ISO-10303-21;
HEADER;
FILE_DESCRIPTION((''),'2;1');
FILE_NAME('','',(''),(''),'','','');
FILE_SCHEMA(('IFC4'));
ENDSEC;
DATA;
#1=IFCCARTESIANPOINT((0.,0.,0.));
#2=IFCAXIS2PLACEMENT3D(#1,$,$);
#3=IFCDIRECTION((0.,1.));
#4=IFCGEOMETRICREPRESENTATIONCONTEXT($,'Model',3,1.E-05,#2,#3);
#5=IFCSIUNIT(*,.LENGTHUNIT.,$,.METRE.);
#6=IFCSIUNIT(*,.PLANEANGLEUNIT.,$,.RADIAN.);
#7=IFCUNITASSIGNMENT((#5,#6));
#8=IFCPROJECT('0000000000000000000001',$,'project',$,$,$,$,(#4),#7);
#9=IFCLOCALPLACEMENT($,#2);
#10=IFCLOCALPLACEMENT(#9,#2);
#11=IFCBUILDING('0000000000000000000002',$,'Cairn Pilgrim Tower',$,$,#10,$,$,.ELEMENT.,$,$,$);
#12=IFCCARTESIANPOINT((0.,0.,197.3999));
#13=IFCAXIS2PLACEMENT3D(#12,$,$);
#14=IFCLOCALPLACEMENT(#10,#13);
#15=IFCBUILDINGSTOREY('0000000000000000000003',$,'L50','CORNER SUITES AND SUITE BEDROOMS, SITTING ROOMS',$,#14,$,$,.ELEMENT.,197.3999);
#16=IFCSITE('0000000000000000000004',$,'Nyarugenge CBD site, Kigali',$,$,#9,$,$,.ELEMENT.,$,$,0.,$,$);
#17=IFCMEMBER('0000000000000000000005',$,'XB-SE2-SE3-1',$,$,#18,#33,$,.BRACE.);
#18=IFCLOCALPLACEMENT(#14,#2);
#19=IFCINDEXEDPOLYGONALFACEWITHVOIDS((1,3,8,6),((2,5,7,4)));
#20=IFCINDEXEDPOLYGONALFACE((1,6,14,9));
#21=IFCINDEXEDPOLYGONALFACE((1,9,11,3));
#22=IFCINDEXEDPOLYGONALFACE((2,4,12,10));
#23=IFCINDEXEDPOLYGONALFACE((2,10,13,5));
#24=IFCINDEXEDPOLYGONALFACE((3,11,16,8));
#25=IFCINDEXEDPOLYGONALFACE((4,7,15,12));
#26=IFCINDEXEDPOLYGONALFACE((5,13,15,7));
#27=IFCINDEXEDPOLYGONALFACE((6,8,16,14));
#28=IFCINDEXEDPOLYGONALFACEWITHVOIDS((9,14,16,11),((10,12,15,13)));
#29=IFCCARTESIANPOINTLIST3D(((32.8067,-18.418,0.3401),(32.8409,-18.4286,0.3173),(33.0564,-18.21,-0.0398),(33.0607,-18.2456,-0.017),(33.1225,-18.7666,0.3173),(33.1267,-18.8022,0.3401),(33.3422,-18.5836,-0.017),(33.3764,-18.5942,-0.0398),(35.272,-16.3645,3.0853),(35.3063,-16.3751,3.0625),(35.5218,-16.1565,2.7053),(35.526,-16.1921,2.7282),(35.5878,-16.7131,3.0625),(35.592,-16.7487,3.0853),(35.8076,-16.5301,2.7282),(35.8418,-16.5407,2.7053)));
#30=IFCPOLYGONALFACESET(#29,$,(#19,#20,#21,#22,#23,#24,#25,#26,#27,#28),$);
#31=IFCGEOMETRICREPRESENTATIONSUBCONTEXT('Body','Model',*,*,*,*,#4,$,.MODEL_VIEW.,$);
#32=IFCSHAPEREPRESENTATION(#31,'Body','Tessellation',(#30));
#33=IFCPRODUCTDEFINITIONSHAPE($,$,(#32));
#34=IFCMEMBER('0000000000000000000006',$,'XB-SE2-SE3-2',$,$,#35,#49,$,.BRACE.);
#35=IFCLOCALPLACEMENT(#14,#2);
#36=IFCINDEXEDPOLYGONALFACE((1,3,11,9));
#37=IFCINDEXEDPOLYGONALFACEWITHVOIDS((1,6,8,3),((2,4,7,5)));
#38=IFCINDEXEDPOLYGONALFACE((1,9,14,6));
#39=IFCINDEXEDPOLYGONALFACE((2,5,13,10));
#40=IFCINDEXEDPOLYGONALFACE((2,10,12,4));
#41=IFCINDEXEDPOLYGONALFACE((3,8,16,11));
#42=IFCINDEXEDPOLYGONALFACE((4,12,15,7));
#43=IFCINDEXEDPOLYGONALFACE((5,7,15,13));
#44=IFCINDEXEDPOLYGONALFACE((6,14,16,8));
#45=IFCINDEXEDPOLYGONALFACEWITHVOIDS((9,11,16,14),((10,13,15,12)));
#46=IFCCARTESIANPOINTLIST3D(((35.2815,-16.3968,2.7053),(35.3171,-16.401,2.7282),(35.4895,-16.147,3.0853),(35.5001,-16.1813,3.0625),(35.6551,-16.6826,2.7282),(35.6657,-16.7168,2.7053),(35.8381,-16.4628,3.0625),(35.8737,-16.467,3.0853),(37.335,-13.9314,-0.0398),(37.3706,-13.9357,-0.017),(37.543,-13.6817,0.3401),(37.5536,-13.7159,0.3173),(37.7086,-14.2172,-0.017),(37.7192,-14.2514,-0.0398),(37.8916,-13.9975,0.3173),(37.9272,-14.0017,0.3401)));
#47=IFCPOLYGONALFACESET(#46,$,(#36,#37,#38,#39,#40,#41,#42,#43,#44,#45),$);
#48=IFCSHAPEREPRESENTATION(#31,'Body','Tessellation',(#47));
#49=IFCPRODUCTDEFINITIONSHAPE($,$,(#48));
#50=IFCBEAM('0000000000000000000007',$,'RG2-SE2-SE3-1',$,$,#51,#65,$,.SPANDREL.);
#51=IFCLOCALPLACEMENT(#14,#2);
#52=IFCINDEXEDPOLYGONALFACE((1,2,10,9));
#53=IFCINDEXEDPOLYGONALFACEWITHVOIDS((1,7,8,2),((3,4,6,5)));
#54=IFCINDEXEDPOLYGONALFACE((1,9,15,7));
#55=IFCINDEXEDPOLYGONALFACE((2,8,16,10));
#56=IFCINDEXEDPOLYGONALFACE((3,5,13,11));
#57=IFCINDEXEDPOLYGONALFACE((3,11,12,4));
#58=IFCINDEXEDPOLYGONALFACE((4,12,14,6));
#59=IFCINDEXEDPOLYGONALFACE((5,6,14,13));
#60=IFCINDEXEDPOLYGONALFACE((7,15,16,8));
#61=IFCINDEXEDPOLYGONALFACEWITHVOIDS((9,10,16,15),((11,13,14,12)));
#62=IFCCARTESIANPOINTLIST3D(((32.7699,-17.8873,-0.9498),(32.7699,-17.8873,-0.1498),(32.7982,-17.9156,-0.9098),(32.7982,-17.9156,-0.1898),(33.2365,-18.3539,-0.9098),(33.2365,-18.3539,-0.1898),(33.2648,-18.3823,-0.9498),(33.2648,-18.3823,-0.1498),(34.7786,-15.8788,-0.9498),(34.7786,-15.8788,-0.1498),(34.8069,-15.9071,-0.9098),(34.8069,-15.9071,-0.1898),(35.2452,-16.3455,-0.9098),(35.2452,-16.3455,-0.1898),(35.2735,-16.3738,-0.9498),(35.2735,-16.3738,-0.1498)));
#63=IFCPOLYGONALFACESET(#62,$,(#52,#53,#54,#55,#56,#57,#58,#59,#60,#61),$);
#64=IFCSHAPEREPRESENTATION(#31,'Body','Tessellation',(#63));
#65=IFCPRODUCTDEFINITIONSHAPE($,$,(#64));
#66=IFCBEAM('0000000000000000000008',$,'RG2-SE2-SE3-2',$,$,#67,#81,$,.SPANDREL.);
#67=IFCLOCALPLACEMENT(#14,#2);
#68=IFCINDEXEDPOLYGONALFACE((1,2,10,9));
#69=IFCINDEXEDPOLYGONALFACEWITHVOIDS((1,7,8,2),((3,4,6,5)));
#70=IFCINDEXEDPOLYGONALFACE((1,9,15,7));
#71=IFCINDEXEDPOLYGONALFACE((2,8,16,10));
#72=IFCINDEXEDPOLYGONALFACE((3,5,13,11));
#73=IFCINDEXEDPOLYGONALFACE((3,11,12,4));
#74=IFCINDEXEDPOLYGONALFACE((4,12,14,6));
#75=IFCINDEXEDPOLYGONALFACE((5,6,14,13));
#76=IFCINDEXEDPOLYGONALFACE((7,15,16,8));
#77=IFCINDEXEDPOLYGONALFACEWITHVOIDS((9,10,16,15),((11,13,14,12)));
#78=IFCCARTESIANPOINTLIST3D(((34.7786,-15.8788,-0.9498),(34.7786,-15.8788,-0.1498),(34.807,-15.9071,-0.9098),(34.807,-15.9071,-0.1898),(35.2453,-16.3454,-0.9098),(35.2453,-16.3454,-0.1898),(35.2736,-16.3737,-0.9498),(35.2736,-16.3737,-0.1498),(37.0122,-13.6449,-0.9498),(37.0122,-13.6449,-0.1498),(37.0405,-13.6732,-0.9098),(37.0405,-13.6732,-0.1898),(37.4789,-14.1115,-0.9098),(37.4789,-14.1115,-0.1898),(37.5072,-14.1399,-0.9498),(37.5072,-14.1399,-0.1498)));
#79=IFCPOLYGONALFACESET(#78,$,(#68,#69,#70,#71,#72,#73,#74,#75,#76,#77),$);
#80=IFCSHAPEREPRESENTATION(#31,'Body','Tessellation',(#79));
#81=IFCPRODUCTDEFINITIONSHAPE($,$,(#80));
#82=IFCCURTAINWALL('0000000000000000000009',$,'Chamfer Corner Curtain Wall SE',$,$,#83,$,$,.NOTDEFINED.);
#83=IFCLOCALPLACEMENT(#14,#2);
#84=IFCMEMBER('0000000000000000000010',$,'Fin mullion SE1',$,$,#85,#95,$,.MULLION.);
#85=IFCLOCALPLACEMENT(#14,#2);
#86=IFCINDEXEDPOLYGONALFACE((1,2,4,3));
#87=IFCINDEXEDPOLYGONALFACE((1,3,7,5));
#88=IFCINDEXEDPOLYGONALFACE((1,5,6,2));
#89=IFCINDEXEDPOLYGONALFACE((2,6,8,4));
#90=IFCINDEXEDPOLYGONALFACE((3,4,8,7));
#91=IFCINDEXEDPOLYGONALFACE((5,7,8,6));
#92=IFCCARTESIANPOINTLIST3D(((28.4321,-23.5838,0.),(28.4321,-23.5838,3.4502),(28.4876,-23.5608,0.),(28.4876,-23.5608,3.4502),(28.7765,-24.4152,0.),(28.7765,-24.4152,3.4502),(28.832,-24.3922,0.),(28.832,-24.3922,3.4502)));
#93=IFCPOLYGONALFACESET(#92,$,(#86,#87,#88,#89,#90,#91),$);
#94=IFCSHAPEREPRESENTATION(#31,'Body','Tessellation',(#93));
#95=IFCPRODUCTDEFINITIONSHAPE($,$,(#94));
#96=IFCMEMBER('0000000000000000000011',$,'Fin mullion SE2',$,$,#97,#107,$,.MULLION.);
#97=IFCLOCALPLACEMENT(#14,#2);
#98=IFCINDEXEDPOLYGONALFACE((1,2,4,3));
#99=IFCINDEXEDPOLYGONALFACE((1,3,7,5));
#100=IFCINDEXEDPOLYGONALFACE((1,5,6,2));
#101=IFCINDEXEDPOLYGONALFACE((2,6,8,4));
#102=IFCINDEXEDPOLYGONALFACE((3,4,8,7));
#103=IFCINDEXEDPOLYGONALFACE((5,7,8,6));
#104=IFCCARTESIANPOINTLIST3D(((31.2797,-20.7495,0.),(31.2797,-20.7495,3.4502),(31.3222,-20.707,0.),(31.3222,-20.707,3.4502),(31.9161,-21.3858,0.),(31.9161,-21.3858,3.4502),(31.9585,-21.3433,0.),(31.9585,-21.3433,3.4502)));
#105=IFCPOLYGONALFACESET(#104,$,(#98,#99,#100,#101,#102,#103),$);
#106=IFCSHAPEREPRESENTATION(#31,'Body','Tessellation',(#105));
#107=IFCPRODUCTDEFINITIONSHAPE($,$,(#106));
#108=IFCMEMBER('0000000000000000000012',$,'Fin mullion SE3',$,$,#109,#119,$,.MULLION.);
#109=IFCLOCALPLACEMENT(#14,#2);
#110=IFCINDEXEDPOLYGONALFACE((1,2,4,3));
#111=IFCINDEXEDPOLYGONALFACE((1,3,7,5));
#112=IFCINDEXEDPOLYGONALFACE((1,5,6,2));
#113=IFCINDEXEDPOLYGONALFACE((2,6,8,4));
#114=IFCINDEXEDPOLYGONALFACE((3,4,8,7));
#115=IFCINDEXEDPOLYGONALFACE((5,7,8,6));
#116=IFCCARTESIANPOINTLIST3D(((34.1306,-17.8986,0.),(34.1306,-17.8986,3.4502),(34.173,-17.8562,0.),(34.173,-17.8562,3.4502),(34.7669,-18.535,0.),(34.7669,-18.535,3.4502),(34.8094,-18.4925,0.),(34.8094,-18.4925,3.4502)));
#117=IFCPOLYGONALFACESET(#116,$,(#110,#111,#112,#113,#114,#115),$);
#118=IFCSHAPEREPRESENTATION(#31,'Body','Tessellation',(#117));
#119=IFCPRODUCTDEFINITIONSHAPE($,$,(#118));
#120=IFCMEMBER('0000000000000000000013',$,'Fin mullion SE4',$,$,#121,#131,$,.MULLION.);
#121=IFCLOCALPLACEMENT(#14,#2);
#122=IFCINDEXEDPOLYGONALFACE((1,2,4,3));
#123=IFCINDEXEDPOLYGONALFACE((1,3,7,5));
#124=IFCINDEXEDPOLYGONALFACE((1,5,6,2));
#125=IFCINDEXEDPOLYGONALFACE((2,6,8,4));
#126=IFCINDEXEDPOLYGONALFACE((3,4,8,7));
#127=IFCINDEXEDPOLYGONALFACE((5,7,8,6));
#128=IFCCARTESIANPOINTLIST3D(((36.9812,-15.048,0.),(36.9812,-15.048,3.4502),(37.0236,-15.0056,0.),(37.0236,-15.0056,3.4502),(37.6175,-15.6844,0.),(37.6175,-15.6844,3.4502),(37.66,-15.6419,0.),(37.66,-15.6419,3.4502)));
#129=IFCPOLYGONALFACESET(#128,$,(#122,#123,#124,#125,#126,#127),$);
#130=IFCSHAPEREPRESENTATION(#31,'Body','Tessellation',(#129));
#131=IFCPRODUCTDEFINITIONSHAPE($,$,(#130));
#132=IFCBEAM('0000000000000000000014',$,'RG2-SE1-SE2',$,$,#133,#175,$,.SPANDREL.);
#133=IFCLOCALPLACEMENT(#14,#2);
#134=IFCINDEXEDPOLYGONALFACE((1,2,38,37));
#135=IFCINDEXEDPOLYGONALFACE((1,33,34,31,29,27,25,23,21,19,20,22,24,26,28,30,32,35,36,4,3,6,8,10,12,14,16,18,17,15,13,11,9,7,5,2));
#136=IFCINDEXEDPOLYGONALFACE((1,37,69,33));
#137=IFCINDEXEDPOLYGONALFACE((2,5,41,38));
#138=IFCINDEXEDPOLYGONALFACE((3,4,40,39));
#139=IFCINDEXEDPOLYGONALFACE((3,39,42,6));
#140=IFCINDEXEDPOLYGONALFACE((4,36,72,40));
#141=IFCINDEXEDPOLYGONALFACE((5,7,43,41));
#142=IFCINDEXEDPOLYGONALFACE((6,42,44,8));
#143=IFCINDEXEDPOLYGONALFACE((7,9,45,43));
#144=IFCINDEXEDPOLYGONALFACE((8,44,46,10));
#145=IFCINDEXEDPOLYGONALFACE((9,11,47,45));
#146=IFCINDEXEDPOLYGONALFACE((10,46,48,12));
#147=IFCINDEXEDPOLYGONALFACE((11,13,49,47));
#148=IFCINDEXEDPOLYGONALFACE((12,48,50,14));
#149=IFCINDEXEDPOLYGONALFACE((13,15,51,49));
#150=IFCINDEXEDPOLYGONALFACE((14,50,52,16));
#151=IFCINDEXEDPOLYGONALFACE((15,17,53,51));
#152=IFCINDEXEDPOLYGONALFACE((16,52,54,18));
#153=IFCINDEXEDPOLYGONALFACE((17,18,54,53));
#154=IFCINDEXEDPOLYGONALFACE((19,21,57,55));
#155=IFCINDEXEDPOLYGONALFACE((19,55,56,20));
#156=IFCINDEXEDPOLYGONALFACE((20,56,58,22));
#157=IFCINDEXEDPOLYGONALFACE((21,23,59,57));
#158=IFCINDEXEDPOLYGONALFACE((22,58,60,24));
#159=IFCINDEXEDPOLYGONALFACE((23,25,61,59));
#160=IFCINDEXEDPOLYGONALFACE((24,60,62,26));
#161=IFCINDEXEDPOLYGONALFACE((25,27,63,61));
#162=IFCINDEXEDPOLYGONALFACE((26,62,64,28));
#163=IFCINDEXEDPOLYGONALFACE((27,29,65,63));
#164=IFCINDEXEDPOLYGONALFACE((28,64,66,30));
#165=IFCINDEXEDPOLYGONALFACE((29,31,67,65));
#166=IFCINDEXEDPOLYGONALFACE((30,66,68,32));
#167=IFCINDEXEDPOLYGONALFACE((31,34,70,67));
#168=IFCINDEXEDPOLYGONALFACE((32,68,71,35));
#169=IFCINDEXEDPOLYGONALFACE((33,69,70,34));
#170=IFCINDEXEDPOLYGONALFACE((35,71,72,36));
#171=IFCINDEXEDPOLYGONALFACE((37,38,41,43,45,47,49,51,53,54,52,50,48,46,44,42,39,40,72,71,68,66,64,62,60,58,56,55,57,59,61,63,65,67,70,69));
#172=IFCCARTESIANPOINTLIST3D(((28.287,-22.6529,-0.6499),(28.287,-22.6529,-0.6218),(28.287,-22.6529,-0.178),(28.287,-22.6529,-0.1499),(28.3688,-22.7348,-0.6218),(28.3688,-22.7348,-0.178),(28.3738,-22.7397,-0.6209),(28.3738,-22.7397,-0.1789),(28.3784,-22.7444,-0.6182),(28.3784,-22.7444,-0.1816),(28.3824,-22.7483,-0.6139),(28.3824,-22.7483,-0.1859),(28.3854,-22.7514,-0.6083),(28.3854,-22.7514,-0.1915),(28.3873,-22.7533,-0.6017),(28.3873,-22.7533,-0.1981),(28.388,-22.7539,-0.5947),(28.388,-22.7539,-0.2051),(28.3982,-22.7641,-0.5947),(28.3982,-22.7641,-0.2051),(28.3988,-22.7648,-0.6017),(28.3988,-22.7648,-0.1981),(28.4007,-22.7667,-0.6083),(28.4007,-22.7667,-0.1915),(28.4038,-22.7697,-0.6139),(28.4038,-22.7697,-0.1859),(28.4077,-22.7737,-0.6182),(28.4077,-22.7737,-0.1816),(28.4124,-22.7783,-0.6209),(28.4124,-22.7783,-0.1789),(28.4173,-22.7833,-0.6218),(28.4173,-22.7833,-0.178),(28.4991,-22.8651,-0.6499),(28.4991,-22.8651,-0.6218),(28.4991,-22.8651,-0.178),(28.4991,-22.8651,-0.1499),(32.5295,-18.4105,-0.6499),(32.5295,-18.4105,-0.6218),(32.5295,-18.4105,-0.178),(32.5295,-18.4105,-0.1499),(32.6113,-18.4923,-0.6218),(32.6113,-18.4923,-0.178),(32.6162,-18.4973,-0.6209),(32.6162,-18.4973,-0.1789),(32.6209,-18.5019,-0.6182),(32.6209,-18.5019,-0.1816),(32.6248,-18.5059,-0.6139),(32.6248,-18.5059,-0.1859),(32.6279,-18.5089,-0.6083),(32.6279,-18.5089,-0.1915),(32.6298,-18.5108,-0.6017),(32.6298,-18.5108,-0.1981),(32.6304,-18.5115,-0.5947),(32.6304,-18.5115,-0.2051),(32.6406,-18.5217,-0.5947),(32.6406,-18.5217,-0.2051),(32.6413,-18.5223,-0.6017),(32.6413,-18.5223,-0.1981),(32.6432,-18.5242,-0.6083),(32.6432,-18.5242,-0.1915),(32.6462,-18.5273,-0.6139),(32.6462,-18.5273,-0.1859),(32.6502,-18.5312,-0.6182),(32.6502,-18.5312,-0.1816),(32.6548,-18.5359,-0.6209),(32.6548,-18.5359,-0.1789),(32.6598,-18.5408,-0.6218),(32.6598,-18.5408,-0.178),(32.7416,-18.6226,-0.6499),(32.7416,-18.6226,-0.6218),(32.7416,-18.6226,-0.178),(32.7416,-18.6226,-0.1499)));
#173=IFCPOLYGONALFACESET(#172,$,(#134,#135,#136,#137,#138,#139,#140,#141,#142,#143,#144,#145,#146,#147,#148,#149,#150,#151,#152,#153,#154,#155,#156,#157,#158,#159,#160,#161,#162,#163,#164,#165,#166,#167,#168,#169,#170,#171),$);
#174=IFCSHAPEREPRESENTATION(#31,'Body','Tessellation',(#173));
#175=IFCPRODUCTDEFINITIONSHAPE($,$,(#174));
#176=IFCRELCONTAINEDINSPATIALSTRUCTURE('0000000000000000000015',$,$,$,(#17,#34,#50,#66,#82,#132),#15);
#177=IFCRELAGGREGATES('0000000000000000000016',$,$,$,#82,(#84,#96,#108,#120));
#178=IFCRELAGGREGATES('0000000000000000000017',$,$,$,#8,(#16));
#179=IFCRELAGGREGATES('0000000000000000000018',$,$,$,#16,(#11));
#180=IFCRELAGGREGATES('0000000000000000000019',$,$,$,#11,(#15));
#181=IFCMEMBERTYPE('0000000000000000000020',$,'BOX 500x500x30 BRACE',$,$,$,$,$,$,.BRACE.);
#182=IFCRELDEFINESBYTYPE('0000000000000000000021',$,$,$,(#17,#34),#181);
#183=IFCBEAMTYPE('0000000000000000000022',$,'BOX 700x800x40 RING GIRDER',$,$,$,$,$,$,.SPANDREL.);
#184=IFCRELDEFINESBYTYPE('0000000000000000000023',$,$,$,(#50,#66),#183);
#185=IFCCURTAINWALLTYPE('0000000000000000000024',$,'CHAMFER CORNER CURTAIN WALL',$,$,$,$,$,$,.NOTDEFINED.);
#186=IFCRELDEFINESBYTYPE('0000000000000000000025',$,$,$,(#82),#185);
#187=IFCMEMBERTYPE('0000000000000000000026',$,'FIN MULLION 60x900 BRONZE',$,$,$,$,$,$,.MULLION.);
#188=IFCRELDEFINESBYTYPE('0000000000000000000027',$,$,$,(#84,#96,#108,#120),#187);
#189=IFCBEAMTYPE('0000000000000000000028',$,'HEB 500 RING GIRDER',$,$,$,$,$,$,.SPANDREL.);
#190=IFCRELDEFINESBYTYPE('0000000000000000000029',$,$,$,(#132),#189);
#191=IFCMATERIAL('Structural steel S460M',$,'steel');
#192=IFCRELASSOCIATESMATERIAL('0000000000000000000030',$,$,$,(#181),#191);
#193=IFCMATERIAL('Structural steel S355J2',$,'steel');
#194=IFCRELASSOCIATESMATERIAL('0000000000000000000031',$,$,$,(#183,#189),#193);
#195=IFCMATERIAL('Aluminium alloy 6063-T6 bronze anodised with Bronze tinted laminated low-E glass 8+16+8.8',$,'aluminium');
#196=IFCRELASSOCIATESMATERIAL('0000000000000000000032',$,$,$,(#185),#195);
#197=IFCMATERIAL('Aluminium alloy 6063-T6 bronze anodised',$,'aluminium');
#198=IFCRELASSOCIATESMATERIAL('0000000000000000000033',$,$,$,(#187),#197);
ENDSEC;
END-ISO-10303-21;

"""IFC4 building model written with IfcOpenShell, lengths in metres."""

from ifc_helpers import new_model, si_unit, direction, frame, origin, origin_2d, place, context, subcontext, project, spatial, rectangle, hollow_rectangle, i_section, extrude, material, material_profile, profile_set, type_object, element, aggregate, save


model = new_model("IFC4")

# Units and contexts
model_context = context("Model", 3, precision=1e-05, world=origin(), true_north=direction((0.0, 1.0)))
body_context = subcontext(model_context, "Body", "Model", "MODEL_VIEW")
ifc_project = project(units=[si_unit("LENGTHUNIT", "METRE"), si_unit("PLANEANGLEUNIT", "RADIAN")], contexts=[model_context])

# Site, building, storey
site_placement = place(None, origin())
site = spatial("IfcSite", under=ifc_project, at=site_placement, Name="Nyarugenge CBD site, Kigali", CompositionType="ELEMENT", RefElevation=0.0)
building_placement = place(site_placement, origin())
building = spatial("IfcBuilding", under=site, at=building_placement, Name="Cairn Pilgrim Tower", CompositionType="ELEMENT")
storey_placement = place(building_placement, frame((0.0, 0.0, 197.3999)))
storey = spatial("IfcBuildingStorey", under=building, at=storey_placement, Name="L50", Description="CORNER SUITES AND SUITE BEDROOMS, SITTING ROOMS", CompositionType="ELEMENT", Elevation=197.3999)

# Shared definitions
ifc_material_1 = material(Name="Structural steel S460M", Category="steel")

# Members
ifc_material_profile_1 = material_profile(ifc_material_1, hollow_rectangle(XDim=0.5, YDim=0.5, WallThickness=0.03, at=origin_2d()), Name="BOX 500x500x30")
ifc_profile_set_1 = profile_set([ifc_material_profile_1], Name="Structural steel S460M")
member_type_1 = type_object("IfcMemberType", Name="BOX 500x500x30 BRACE", PredefinedType="BRACE", material=ifc_profile_set_1)
for number, where, z_axis, x_axis, name in (
    (1, (33.0916, -18.5061, 0.1501), (0.583844, 0.486305, 0.650103), (-0.640005, 0.768371, 0.0), "XB-SE2-SE3-1"),
    (2, (37.6311, -13.9666, 0.1501), (-0.486305, -0.583844, 0.650103), (0.768371, -0.640005, 0.0), "XB-SE2-SE3-2"),
):
    element("IfcMember", number, at=place(storey_placement, frame(where, z_axis=z_axis, x_axis=x_axis)), inside=storey, type_object=member_type_1, Name=name, PredefinedType="BRACE", context=body_context, shape_type="SweptSolid", body=[
        extrude(hollow_rectangle(XDim=0.5, YDim=0.5, WallThickness=0.03, at=origin_2d()), origin(), (0.0, 0.0, 1.0), 4.2227),
    ])

# Beams
ifc_material_2 = material(Name="Structural steel S355J2", Category="steel")
ifc_material_profile_2 = material_profile(ifc_material_2, hollow_rectangle(XDim=0.7, YDim=0.8, WallThickness=0.04, at=origin_2d()), Name="BOX 700x800x40")
ifc_profile_set_2 = profile_set([ifc_material_profile_2], Name="Structural steel S355J2")
beam_type_1 = type_object("IfcBeamType", Name="BOX 700x800x40 RING GIRDER", PredefinedType="SPANDREL", material=ifc_profile_set_2)
beam_1_placement = place(storey_placement, frame((33.0173, -18.1348, -0.5498), z_axis=(0.70715, 0.707064, 0.0), x_axis=(-0.707064, 0.70715, 0.0)))
element("IfcBeam", 3, at=beam_1_placement, inside=storey, type_object=beam_type_1, Name="RG2-SE2-SE3-1", PredefinedType="SPANDREL", context=body_context, shape_type="SweptSolid", body=[
    extrude(hollow_rectangle(XDim=0.7, YDim=0.8, WallThickness=0.04, at=origin_2d()), origin(), (0.0, 0.0, 1.0), 2.8406),
])
beam_2_placement = place(storey_placement, frame((35.0261, -16.1262, -0.5498), z_axis=(0.707068, 0.707145, 0.0), x_axis=(-0.707145, 0.707068, 0.0)))
element("IfcBeam", 4, at=beam_2_placement, inside=storey, type_object=beam_type_1, Name="RG2-SE2-SE3-2", PredefinedType="SPANDREL", context=body_context, shape_type="SweptSolid", body=[
    extrude(hollow_rectangle(XDim=0.7, YDim=0.8, WallThickness=0.04, at=origin_2d()), origin(), (0.0, 0.0, 1.0), 3.1589),
])

# Curtain wall, members
ifc_material_3 = material(Name="Aluminium alloy 6063-T6 bronze anodised with Bronze tinted laminated low-E glass 8+16+8.8", Category="aluminium")
curtain_wall_type = type_object("IfcCurtainWallType", Name="CHAMFER CORNER CURTAIN WALL", PredefinedType="NOTDEFINED", material=ifc_material_3)
curtain_wall_placement = place(storey_placement, origin())
curtain_wall = element("IfcCurtainWall", 5, at=curtain_wall_placement, inside=storey, type_object=curtain_wall_type, Name="Chamfer Corner Curtain Wall SE", PredefinedType="NOTDEFINED")
ifc_material_4 = material(Name="Aluminium alloy 6063-T6 bronze anodised", Category="aluminium")
ifc_material_profile_3 = material_profile(ifc_material_4, rectangle(XDim=0.8999, YDim=0.0601, at=origin_2d()), Name="FIN MULLION 60x900 BRONZE")
ifc_profile_set_3 = profile_set([ifc_material_profile_3], Name="Aluminium alloy 6063-T6 bronze anodised")
member_type_2 = type_object("IfcMemberType", Name="FIN MULLION 60x900 BRONZE", PredefinedType="MULLION", material=ifc_profile_set_3)
member_1_placement = place(storey_placement, frame((28.6321, -23.988, 0.0), z_axis=(0.0, 0.0, 1.0), x_axis=(0.382683, -0.92388, 0.0)))
member_1 = element("IfcMember", 6, at=member_1_placement, type_object=member_type_2, Name="Fin mullion SE1", PredefinedType="MULLION", context=body_context, shape_type="SweptSolid", body=[
    extrude(rectangle(XDim=0.8999, YDim=0.0601, at=origin_2d()), origin(), (0.0, 0.0, 1.0), 3.4502),
])
member_2_placement = place(storey_placement, frame((31.6191, -21.0464, 0.0), z_axis=(0.0, 0.0, 1.0), x_axis=(0.707107, -0.707107, 0.0)))
member_2 = element("IfcMember", 7, at=member_2_placement, type_object=member_type_2, Name="Fin mullion SE2", PredefinedType="MULLION", context=body_context, shape_type="SweptSolid", body=[
    extrude(rectangle(XDim=0.8999, YDim=0.0601, at=origin_2d()), origin(), (0.0, 0.0, 1.0), 3.4502),
])
member_3_placement = place(storey_placement, frame((34.47, -18.1956, 0.0), z_axis=(0.0, 0.0, 1.0), x_axis=(0.707107, -0.707107, 0.0)))
member_3 = element("IfcMember", 8, at=member_3_placement, type_object=member_type_2, Name="Fin mullion SE3", PredefinedType="MULLION", context=body_context, shape_type="SweptSolid", body=[
    extrude(rectangle(XDim=0.8999, YDim=0.0601, at=origin_2d()), origin(), (0.0, 0.0, 1.0), 3.4502),
])
member_4_placement = place(storey_placement, frame((37.3206, -15.345, 0.0), z_axis=(0.0, 0.0, 1.0), x_axis=(0.707107, -0.707107, 0.0)))
member_4 = element("IfcMember", 9, at=member_4_placement, type_object=member_type_2, Name="Fin mullion SE4", PredefinedType="MULLION", context=body_context, shape_type="SweptSolid", body=[
    extrude(rectangle(XDim=0.8999, YDim=0.0601, at=origin_2d()), origin(), (0.0, 0.0, 1.0), 3.4502),
])

# Beam
ifc_material_profile_4 = material_profile(ifc_material_2, i_section(OverallWidth=0.3, OverallDepth=0.5, WebThickness=0.0144, FlangeThickness=0.0281, FilletRadius=0.0271, at=origin_2d()), Name="HEB 500")
ifc_profile_set_4 = profile_set([ifc_material_profile_4], Name="Structural steel S355J2")
beam_type_2 = type_object("IfcBeamType", Name="HEB 500 RING GIRDER", PredefinedType="SPANDREL", material=ifc_profile_set_4)
beam_3_placement = place(storey_placement, frame((28.3931, -22.759, -0.3999), z_axis=(0.707107, 0.707107, 0.0), x_axis=(-0.707107, 0.707107, 0.0)))
element("IfcBeam", 10, at=beam_3_placement, inside=storey, type_object=beam_type_2, Name="RG2-SE1-SE2", PredefinedType="SPANDREL", context=body_context, shape_type="SweptSolid", body=[
    extrude(i_section(OverallWidth=0.3, OverallDepth=0.5, WebThickness=0.0144, FlangeThickness=0.0281, FilletRadius=0.0271, at=origin_2d()), origin(), (0.0, 0.0, 1.0), 5.9998),
])

aggregate(curtain_wall, [member_1, member_2, member_3, member_4])

save(model, "model.ifc")
